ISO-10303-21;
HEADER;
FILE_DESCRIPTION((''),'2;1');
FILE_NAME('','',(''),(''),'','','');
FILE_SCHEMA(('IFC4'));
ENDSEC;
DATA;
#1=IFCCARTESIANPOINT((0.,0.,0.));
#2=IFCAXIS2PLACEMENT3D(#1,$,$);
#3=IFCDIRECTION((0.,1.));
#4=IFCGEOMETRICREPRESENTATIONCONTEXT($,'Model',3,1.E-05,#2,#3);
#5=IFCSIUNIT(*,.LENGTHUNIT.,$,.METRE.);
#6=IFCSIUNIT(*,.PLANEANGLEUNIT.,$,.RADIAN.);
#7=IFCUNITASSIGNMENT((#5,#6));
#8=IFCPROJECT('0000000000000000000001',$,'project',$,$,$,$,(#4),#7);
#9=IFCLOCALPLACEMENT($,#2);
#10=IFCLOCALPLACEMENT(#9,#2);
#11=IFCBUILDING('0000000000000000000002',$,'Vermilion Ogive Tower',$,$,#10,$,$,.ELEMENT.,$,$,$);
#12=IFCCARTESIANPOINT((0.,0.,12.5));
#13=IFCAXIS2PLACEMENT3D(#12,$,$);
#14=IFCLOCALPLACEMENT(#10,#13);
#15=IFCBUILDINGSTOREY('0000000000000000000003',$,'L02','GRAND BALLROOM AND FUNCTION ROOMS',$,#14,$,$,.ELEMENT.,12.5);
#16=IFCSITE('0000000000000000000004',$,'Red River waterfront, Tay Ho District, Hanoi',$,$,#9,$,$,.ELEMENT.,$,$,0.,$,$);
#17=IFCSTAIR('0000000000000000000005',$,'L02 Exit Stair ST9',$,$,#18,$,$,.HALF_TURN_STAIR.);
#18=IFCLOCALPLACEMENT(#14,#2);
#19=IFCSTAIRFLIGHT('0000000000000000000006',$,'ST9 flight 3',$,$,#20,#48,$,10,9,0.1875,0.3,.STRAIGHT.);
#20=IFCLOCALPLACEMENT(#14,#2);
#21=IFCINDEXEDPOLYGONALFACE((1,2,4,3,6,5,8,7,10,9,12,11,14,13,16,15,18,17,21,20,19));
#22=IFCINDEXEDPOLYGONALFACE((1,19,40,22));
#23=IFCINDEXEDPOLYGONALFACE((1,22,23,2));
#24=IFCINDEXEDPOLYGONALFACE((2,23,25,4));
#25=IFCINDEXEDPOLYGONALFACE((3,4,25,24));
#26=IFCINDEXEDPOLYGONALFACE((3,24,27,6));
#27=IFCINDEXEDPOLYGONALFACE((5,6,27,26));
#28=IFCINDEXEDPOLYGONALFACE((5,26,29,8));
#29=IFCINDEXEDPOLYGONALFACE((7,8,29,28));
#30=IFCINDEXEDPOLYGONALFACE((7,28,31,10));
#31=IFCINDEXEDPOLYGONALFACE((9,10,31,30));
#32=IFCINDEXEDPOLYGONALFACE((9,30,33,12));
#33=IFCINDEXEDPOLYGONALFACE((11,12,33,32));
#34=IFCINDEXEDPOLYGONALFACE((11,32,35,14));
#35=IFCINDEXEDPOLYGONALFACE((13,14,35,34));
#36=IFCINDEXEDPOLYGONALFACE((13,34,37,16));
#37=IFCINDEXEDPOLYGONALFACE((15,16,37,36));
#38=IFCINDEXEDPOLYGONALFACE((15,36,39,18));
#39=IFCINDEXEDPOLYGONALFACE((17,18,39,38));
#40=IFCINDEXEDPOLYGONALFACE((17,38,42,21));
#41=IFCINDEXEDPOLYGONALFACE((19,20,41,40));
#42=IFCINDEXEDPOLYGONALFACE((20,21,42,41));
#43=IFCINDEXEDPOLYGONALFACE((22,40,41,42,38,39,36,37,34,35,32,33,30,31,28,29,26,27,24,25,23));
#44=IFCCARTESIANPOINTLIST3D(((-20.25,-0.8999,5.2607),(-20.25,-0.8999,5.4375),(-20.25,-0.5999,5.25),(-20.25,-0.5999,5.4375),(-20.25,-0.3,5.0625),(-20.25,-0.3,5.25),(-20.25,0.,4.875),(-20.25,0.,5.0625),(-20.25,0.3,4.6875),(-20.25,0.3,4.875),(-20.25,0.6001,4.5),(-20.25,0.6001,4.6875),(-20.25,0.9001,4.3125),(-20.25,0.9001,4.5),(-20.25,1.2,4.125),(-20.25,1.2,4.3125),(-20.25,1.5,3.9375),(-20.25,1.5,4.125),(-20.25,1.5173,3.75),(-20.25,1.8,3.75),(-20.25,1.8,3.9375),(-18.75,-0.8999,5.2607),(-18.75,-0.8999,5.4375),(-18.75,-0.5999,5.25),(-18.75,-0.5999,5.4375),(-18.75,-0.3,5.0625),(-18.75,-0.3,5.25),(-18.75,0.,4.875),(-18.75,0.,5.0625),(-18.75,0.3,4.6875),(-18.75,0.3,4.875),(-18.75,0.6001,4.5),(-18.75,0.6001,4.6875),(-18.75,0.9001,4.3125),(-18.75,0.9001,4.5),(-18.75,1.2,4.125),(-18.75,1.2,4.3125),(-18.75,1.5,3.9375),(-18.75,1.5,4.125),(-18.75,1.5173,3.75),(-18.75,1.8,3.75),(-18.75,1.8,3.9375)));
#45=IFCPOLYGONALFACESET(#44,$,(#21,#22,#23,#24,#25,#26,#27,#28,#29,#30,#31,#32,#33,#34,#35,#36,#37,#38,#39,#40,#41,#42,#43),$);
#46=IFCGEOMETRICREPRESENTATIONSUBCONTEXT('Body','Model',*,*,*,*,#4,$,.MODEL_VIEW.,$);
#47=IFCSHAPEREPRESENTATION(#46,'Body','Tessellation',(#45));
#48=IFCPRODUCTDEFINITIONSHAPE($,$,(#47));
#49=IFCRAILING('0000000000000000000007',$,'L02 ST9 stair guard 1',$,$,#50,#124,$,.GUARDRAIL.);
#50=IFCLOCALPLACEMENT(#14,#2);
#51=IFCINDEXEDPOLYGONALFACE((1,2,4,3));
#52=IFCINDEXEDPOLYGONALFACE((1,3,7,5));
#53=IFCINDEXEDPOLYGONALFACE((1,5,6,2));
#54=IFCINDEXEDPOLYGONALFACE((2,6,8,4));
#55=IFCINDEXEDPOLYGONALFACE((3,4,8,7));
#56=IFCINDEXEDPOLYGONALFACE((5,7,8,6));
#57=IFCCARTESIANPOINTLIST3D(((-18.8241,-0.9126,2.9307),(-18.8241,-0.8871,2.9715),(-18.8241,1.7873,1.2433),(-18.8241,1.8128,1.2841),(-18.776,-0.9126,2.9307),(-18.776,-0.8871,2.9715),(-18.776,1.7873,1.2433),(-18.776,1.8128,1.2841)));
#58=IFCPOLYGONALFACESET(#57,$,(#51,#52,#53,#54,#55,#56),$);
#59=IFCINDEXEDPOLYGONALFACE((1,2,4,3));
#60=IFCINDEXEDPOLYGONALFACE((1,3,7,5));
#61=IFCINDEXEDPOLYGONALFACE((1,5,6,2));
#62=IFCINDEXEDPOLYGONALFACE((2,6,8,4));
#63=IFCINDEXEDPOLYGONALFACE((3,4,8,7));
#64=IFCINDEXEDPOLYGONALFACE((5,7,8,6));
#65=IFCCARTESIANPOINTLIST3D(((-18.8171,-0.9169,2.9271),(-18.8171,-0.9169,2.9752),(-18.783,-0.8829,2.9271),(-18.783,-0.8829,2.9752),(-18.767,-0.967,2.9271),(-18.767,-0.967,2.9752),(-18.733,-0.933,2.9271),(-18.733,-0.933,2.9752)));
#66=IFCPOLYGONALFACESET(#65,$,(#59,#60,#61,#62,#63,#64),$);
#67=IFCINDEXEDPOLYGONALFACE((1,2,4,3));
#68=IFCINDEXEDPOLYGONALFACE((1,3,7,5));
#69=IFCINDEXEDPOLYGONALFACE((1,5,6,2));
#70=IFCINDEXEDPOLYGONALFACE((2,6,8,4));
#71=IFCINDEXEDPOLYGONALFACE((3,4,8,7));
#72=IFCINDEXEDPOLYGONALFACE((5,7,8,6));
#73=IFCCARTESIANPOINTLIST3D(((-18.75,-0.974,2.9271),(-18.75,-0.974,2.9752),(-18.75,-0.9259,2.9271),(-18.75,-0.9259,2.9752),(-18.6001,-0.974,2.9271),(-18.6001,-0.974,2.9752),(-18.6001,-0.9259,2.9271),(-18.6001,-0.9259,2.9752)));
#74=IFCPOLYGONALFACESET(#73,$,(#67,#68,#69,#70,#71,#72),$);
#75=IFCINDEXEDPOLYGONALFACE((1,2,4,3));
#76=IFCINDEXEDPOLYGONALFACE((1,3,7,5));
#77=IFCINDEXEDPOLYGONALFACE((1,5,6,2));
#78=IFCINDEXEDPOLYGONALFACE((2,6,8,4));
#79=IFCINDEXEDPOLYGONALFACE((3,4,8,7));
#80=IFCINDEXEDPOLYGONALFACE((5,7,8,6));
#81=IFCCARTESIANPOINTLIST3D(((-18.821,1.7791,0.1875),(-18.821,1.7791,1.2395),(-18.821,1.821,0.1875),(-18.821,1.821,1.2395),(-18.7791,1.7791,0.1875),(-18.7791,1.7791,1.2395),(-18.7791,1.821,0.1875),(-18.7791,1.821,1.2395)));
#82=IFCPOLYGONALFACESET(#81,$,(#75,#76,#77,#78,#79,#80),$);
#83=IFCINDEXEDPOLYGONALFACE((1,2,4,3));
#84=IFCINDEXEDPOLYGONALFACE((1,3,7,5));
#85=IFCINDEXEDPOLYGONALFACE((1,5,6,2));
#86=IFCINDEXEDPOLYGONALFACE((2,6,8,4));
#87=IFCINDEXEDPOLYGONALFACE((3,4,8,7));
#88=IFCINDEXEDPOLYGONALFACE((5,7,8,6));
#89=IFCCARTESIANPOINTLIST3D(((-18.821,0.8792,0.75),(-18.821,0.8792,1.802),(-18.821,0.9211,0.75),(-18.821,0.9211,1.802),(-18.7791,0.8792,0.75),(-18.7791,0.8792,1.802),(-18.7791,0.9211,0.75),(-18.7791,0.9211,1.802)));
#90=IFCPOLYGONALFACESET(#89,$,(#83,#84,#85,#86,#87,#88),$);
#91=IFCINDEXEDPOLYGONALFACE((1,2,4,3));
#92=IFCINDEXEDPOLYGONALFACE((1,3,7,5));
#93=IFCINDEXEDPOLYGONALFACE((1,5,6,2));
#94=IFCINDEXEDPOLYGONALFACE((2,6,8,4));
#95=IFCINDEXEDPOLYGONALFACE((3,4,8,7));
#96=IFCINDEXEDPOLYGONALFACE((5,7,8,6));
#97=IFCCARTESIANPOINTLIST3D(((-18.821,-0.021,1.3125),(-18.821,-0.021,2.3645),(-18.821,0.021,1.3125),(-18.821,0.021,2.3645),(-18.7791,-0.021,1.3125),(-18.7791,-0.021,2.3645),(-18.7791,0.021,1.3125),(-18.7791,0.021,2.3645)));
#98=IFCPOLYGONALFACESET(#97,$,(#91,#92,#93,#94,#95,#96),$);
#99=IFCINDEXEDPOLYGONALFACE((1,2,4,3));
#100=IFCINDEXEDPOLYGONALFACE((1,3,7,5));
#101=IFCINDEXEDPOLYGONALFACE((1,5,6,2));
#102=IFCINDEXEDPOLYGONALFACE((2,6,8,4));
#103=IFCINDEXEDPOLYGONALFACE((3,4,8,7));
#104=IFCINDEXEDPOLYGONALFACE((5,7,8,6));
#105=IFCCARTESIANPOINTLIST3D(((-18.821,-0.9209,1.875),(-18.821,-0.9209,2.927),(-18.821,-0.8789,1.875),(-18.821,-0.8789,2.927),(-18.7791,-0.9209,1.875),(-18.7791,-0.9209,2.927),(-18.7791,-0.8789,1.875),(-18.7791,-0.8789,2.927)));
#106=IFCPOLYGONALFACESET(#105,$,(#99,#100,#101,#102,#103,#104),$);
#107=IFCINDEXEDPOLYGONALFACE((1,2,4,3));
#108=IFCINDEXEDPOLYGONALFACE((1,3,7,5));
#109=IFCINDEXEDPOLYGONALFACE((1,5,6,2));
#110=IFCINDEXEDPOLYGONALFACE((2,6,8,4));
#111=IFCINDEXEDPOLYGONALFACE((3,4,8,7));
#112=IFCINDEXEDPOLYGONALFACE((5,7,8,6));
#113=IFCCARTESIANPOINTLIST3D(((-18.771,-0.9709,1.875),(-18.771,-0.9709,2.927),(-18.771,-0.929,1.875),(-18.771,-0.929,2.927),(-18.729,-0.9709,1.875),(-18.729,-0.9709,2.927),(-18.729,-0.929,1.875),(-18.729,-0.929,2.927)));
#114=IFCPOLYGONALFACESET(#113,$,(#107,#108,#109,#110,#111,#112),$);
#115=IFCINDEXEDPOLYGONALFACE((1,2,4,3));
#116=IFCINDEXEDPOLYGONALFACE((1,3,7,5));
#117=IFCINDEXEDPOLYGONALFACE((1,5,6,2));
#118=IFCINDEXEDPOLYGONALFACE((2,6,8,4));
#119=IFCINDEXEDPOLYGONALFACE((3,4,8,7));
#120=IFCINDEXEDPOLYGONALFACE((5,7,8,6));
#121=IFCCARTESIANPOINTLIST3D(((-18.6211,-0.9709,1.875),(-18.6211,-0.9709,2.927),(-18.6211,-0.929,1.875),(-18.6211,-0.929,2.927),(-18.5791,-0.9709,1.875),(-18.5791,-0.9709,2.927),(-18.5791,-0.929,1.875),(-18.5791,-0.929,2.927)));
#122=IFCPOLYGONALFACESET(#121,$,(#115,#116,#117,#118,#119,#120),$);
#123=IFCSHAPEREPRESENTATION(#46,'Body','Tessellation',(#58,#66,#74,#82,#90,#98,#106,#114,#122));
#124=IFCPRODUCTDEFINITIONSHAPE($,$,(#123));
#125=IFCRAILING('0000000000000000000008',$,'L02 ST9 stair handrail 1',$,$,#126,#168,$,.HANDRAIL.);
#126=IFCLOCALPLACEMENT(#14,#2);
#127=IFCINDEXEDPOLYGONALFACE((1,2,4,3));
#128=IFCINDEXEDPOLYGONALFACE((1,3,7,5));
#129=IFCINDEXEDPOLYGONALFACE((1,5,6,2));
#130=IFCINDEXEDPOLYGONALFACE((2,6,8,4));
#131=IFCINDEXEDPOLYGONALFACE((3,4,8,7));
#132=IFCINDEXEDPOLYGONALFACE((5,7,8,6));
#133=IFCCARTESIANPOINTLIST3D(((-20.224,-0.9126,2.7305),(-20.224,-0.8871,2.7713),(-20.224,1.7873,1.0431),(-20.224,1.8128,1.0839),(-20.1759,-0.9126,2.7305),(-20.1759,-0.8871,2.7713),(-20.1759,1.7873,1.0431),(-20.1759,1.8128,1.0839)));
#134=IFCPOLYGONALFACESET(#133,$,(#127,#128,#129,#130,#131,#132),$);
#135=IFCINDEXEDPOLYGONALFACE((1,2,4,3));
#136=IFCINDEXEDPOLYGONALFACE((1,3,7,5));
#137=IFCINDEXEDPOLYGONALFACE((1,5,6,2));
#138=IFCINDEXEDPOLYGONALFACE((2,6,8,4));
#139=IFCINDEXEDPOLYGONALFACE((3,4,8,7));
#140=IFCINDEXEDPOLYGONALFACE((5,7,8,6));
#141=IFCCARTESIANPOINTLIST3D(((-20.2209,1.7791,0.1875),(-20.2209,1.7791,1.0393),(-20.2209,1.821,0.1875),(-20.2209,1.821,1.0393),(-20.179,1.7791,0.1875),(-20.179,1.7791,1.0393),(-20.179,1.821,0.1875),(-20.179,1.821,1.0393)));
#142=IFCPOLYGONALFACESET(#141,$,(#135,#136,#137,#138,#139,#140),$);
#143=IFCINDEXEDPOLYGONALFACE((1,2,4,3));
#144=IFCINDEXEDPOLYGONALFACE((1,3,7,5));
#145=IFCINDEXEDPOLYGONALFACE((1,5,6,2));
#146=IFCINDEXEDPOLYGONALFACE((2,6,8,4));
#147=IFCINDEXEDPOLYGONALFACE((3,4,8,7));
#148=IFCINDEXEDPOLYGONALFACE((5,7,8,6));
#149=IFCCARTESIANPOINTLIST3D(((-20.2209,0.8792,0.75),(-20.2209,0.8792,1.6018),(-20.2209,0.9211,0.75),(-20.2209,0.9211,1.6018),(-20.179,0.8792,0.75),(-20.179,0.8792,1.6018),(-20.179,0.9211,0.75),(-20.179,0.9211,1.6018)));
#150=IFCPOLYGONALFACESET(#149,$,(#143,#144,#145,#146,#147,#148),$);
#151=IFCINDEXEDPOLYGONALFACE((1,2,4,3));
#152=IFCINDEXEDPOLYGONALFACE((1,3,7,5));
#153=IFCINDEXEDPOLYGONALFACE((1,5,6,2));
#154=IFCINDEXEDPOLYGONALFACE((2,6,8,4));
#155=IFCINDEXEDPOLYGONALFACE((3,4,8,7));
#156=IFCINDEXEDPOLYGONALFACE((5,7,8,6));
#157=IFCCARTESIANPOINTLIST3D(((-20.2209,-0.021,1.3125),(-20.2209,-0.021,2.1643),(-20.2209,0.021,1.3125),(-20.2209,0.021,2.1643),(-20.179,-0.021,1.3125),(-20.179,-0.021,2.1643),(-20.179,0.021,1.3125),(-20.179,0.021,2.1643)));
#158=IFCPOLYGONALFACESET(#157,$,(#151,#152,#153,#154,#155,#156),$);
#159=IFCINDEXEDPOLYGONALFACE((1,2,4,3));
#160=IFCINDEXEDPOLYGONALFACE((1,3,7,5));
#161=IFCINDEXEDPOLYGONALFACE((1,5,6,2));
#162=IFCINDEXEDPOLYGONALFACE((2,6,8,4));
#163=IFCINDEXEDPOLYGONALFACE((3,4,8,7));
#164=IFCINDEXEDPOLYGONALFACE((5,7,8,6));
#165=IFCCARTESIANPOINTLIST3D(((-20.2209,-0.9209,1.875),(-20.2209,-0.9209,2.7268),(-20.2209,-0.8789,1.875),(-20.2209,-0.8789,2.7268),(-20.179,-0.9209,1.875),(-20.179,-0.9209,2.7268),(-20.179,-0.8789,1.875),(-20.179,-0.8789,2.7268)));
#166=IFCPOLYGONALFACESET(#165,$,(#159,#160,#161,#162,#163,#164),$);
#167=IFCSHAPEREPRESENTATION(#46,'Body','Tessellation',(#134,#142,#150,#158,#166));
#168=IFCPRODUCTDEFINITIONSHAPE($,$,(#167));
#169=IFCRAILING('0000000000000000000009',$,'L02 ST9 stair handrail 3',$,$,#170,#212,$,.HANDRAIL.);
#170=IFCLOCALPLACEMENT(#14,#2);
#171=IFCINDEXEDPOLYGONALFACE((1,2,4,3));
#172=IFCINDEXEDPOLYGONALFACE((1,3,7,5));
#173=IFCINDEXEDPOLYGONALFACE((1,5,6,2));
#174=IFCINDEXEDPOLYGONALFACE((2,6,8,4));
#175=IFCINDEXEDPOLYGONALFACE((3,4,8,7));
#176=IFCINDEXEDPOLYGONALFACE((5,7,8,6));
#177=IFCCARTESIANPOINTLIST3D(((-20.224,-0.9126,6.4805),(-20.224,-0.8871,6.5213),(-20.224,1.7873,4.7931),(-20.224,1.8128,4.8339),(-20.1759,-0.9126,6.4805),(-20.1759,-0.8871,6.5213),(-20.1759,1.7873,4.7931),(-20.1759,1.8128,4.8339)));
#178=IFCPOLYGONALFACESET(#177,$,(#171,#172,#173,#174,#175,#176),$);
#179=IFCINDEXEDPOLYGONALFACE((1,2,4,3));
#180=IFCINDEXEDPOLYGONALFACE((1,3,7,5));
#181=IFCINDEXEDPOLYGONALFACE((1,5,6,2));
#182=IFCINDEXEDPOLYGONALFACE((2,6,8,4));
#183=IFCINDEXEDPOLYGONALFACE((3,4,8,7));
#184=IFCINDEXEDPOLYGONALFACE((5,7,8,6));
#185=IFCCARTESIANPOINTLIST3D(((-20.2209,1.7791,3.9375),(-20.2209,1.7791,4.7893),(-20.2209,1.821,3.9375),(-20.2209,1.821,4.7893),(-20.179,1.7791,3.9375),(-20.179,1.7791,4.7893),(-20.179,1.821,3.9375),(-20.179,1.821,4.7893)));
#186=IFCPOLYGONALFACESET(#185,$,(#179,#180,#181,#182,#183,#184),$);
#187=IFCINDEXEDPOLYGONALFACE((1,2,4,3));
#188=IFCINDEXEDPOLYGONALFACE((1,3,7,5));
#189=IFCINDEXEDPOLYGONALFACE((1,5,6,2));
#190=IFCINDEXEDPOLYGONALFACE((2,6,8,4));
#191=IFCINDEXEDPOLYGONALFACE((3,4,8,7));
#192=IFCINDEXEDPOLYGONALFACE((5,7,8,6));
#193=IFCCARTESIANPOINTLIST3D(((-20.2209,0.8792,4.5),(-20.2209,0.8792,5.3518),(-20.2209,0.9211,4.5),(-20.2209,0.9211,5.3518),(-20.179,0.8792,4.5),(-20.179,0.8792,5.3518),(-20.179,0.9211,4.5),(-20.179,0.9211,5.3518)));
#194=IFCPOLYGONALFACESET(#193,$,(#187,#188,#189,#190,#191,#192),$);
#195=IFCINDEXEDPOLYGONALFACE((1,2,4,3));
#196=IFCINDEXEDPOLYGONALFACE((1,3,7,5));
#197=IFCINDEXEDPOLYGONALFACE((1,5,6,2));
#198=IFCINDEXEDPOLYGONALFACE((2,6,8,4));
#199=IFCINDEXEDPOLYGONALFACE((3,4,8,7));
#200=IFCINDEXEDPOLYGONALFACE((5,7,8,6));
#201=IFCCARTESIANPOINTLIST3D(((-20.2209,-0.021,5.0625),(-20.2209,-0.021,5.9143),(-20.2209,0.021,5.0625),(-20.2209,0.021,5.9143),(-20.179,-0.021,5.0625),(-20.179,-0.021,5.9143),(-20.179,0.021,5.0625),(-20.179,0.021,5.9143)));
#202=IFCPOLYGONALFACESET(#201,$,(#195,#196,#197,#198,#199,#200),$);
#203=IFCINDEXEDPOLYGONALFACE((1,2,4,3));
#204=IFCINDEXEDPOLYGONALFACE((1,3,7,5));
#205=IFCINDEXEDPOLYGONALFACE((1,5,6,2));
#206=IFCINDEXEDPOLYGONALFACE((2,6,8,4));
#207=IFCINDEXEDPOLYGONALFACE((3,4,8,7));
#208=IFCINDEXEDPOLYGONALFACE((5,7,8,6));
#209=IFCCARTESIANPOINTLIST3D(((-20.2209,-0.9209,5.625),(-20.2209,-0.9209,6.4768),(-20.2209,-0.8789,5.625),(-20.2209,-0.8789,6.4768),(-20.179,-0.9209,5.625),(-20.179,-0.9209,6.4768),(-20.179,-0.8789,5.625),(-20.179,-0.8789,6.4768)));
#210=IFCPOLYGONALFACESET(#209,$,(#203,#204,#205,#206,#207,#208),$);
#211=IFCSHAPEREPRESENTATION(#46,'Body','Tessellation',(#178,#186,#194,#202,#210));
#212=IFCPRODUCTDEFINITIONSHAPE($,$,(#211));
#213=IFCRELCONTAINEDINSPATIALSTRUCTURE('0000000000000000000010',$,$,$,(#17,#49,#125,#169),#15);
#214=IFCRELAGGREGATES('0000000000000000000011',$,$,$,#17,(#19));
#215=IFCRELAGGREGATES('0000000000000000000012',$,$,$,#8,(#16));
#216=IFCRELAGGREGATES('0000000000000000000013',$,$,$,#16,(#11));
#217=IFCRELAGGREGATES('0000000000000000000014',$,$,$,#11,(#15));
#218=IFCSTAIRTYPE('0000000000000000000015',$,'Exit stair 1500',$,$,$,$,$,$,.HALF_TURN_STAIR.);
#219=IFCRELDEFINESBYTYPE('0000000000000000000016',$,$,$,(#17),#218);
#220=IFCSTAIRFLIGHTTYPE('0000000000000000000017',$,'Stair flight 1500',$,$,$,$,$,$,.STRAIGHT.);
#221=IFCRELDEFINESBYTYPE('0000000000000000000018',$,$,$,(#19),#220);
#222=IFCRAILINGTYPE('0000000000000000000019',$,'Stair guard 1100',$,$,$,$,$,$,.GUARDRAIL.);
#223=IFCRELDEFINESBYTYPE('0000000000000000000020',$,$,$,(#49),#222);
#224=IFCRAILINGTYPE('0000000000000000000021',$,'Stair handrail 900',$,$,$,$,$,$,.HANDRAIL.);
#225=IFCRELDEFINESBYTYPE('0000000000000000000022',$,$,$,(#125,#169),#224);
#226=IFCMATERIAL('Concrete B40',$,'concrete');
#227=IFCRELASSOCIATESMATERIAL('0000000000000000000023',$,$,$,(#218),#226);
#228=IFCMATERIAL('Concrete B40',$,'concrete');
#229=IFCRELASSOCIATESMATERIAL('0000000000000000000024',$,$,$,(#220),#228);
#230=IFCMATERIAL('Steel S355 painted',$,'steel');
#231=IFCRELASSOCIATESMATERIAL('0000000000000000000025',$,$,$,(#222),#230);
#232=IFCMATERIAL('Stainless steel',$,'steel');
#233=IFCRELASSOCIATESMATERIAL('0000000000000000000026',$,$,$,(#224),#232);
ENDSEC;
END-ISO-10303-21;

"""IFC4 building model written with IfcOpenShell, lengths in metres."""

from ifc_helpers import new_model, si_unit, direction, frame, origin, origin_2d, place, context, subcontext, project, spatial, polyline, rectangle, outline, extrude, material, type_object, element, aggregate, save


model = new_model("IFC4")

# Units and contexts
model_context = context("Model", 3, precision=1e-05, world=origin(), true_north=direction((0.0, 1.0)))
body_context = subcontext(model_context, "Body", "Model", "MODEL_VIEW")
ifc_project = project(units=[si_unit("LENGTHUNIT", "METRE"), si_unit("PLANEANGLEUNIT", "RADIAN")], contexts=[model_context])

# Site, building, storey
site_placement = place(None, origin())
site = spatial("IfcSite", under=ifc_project, at=site_placement, Name="Red River waterfront, Tay Ho District, Hanoi", CompositionType="ELEMENT", RefElevation=0.0)
building_placement = place(site_placement, origin())
building = spatial("IfcBuilding", under=site, at=building_placement, Name="Vermilion Ogive Tower", CompositionType="ELEMENT")
storey_placement = place(building_placement, frame((0.0, 0.0, 12.5)))
storey = spatial("IfcBuildingStorey", under=building, at=storey_placement, Name="L02", Description="GRAND BALLROOM AND FUNCTION ROOMS", CompositionType="ELEMENT", Elevation=12.5)

# Stair, stair flight
ifc_material_1 = material(Name="Concrete B40", Category="concrete")
stair_type = type_object("IfcStairType", Name="Exit stair 1500", PredefinedType="HALF_TURN_STAIR", material=ifc_material_1)
stair_placement = place(storey_placement, origin())
stair = element("IfcStair", 1, at=stair_placement, inside=storey, type_object=stair_type, Name="L02 Exit Stair ST9", PredefinedType="HALF_TURN_STAIR")
ifc_material_2 = material(Name="Concrete B40", Category="concrete")
stair_flight_type = type_object("IfcStairFlightType", Name="Stair flight 1500", PredefinedType="STRAIGHT", material=ifc_material_2)
stair_flight_1_placement = place(storey_placement, frame((-19.5, 1.8, 3.75), z_axis=(0.0, 0.0, 1.0), x_axis=(0.0, -1.0, 0.0)))
stair_flight_1 = element("IfcStairFlight", 2, at=stair_flight_1_placement, type_object=stair_flight_type, Name="ST9 flight 3", NumberOfRisers=10, NumberOfTreads=9, PredefinedType="STRAIGHT", RiserHeight=0.1875, TreadLength=0.3, context=body_context, shape_type="SweptSolid", body=[
    extrude(outline(polyline([(0.0, 0.0), (0.0, 0.1875), (0.3, 0.1875), (0.3, 0.375), (0.6001, 0.375), (0.6001, 0.5625), (0.8999, 0.5625), (0.8999, 0.75), (1.2, 0.75), (1.2, 0.9375), (1.5, 0.9375), (1.5, 1.125), (1.8, 1.125), (1.8, 1.3125), (2.1001, 1.3125), (2.1001, 1.5), (2.3999, 1.5), (2.3999, 1.6875), (2.7, 1.6875), (2.7, 1.875), (2.7, 1.5107), (0.2827, 0.0), (0.0, 0.0)])), frame((0.0, 0.75, 0.0), z_axis=(0.0, -1.0, 0.0), x_axis=(1.0, 0.0, 0.0)), (0.0, 0.0, 1.0), 1.5),
])
aggregate(stair, [stair_flight_1])

# Railings
ifc_material_3 = material(Name="Steel S355 painted", Category="steel")
railing_type_1 = type_object("IfcRailingType", Name="Stair guard 1100", PredefinedType="GUARDRAIL", material=ifc_material_3)
railing_placement = place(storey_placement, frame((-18.8, 1.8, 0.1875)))
element("IfcRailing", 3, at=railing_placement, inside=storey, type_object=railing_type_1, Name="L02 ST9 stair guard 1", PredefinedType="GUARDRAIL", context=body_context, shape_type="SweptSolid", body=[
    extrude(rectangle(XDim=0.0481, YDim=0.0481, at=origin_2d()), frame((0.0, 0.0, 1.0762), z_axis=(0.0, -0.847994, 0.530006), x_axis=(1.0, 0.0, 0.0)), (0.0, 0.0, 1.0), 3.1838),
    extrude(rectangle(XDim=0.0481, YDim=0.0481, at=origin_2d()), frame((0.0, -2.7, 2.7637), z_axis=(0.707107, -0.707107, 0.0), x_axis=(0.707107, 0.707107, 0.0)), (0.0, 0.0, 1.0), 0.0708),
    extrude(rectangle(XDim=0.0481, YDim=0.0481, at=origin_2d()), frame((0.05, -2.75, 2.7637), z_axis=(1.0, 0.0, 0.0), x_axis=(0.0, 1.0, 0.0)), (0.0, 0.0, 1.0), 0.1499),
    extrude(rectangle(XDim=0.042, YDim=0.042, at=origin_2d()), origin(), (0.0, 0.0, 1.0), 1.052),
    extrude(rectangle(XDim=0.042, YDim=0.042, at=origin_2d()), frame((0.0, -0.8999, 0.5625)), (0.0, 0.0, 1.0), 1.052),
    extrude(rectangle(XDim=0.042, YDim=0.042, at=origin_2d()), frame((0.0, -1.8, 1.125)), (0.0, 0.0, 1.0), 1.052),
    extrude(rectangle(XDim=0.042, YDim=0.042, at=origin_2d()), frame((0.0, -2.7, 1.6875)), (0.0, 0.0, 1.0), 1.052),
    extrude(rectangle(XDim=0.042, YDim=0.042, at=origin_2d()), frame((0.05, -2.75, 1.6875)), (0.0, 0.0, 1.0), 1.052),
    extrude(rectangle(XDim=0.042, YDim=0.042, at=origin_2d()), frame((0.2, -2.75, 1.6875)), (0.0, 0.0, 1.0), 1.052),
])
ifc_material_4 = material(Name="Stainless steel", Category="steel")
railing_type_2 = type_object("IfcRailingType", Name="Stair handrail 900", PredefinedType="HANDRAIL", material=ifc_material_4)
for number, where, name in (
    (4, (-20.2, 1.8, 0.1875), "L02 ST9 stair handrail 1"),
    (5, (-20.2, 1.8, 3.9375), "L02 ST9 stair handrail 3"),
):
    element("IfcRailing", number, at=place(storey_placement, frame(where)), inside=storey, type_object=railing_type_2, Name=name, PredefinedType="HANDRAIL", context=body_context, shape_type="SweptSolid", body=[
        extrude(rectangle(XDim=0.0481, YDim=0.0481, at=origin_2d()), frame((0.0, 0.0, 0.876), z_axis=(0.0, -0.847994, 0.530006), x_axis=(1.0, 0.0, 0.0)), (0.0, 0.0, 1.0), 3.1838),
        extrude(rectangle(XDim=0.042, YDim=0.042, at=origin_2d()), origin(), (0.0, 0.0, 1.0), 0.8518),
        extrude(rectangle(XDim=0.042, YDim=0.042, at=origin_2d()), frame((0.0, -0.8999, 0.5625)), (0.0, 0.0, 1.0), 0.8518),
        extrude(rectangle(XDim=0.042, YDim=0.042, at=origin_2d()), frame((0.0, -1.8, 1.125)), (0.0, 0.0, 1.0), 0.8518),
        extrude(rectangle(XDim=0.042, YDim=0.042, at=origin_2d()), frame((0.0, -2.7, 1.6875)), (0.0, 0.0, 1.0), 0.8518),
    ])

save(model, "model.ifc")
